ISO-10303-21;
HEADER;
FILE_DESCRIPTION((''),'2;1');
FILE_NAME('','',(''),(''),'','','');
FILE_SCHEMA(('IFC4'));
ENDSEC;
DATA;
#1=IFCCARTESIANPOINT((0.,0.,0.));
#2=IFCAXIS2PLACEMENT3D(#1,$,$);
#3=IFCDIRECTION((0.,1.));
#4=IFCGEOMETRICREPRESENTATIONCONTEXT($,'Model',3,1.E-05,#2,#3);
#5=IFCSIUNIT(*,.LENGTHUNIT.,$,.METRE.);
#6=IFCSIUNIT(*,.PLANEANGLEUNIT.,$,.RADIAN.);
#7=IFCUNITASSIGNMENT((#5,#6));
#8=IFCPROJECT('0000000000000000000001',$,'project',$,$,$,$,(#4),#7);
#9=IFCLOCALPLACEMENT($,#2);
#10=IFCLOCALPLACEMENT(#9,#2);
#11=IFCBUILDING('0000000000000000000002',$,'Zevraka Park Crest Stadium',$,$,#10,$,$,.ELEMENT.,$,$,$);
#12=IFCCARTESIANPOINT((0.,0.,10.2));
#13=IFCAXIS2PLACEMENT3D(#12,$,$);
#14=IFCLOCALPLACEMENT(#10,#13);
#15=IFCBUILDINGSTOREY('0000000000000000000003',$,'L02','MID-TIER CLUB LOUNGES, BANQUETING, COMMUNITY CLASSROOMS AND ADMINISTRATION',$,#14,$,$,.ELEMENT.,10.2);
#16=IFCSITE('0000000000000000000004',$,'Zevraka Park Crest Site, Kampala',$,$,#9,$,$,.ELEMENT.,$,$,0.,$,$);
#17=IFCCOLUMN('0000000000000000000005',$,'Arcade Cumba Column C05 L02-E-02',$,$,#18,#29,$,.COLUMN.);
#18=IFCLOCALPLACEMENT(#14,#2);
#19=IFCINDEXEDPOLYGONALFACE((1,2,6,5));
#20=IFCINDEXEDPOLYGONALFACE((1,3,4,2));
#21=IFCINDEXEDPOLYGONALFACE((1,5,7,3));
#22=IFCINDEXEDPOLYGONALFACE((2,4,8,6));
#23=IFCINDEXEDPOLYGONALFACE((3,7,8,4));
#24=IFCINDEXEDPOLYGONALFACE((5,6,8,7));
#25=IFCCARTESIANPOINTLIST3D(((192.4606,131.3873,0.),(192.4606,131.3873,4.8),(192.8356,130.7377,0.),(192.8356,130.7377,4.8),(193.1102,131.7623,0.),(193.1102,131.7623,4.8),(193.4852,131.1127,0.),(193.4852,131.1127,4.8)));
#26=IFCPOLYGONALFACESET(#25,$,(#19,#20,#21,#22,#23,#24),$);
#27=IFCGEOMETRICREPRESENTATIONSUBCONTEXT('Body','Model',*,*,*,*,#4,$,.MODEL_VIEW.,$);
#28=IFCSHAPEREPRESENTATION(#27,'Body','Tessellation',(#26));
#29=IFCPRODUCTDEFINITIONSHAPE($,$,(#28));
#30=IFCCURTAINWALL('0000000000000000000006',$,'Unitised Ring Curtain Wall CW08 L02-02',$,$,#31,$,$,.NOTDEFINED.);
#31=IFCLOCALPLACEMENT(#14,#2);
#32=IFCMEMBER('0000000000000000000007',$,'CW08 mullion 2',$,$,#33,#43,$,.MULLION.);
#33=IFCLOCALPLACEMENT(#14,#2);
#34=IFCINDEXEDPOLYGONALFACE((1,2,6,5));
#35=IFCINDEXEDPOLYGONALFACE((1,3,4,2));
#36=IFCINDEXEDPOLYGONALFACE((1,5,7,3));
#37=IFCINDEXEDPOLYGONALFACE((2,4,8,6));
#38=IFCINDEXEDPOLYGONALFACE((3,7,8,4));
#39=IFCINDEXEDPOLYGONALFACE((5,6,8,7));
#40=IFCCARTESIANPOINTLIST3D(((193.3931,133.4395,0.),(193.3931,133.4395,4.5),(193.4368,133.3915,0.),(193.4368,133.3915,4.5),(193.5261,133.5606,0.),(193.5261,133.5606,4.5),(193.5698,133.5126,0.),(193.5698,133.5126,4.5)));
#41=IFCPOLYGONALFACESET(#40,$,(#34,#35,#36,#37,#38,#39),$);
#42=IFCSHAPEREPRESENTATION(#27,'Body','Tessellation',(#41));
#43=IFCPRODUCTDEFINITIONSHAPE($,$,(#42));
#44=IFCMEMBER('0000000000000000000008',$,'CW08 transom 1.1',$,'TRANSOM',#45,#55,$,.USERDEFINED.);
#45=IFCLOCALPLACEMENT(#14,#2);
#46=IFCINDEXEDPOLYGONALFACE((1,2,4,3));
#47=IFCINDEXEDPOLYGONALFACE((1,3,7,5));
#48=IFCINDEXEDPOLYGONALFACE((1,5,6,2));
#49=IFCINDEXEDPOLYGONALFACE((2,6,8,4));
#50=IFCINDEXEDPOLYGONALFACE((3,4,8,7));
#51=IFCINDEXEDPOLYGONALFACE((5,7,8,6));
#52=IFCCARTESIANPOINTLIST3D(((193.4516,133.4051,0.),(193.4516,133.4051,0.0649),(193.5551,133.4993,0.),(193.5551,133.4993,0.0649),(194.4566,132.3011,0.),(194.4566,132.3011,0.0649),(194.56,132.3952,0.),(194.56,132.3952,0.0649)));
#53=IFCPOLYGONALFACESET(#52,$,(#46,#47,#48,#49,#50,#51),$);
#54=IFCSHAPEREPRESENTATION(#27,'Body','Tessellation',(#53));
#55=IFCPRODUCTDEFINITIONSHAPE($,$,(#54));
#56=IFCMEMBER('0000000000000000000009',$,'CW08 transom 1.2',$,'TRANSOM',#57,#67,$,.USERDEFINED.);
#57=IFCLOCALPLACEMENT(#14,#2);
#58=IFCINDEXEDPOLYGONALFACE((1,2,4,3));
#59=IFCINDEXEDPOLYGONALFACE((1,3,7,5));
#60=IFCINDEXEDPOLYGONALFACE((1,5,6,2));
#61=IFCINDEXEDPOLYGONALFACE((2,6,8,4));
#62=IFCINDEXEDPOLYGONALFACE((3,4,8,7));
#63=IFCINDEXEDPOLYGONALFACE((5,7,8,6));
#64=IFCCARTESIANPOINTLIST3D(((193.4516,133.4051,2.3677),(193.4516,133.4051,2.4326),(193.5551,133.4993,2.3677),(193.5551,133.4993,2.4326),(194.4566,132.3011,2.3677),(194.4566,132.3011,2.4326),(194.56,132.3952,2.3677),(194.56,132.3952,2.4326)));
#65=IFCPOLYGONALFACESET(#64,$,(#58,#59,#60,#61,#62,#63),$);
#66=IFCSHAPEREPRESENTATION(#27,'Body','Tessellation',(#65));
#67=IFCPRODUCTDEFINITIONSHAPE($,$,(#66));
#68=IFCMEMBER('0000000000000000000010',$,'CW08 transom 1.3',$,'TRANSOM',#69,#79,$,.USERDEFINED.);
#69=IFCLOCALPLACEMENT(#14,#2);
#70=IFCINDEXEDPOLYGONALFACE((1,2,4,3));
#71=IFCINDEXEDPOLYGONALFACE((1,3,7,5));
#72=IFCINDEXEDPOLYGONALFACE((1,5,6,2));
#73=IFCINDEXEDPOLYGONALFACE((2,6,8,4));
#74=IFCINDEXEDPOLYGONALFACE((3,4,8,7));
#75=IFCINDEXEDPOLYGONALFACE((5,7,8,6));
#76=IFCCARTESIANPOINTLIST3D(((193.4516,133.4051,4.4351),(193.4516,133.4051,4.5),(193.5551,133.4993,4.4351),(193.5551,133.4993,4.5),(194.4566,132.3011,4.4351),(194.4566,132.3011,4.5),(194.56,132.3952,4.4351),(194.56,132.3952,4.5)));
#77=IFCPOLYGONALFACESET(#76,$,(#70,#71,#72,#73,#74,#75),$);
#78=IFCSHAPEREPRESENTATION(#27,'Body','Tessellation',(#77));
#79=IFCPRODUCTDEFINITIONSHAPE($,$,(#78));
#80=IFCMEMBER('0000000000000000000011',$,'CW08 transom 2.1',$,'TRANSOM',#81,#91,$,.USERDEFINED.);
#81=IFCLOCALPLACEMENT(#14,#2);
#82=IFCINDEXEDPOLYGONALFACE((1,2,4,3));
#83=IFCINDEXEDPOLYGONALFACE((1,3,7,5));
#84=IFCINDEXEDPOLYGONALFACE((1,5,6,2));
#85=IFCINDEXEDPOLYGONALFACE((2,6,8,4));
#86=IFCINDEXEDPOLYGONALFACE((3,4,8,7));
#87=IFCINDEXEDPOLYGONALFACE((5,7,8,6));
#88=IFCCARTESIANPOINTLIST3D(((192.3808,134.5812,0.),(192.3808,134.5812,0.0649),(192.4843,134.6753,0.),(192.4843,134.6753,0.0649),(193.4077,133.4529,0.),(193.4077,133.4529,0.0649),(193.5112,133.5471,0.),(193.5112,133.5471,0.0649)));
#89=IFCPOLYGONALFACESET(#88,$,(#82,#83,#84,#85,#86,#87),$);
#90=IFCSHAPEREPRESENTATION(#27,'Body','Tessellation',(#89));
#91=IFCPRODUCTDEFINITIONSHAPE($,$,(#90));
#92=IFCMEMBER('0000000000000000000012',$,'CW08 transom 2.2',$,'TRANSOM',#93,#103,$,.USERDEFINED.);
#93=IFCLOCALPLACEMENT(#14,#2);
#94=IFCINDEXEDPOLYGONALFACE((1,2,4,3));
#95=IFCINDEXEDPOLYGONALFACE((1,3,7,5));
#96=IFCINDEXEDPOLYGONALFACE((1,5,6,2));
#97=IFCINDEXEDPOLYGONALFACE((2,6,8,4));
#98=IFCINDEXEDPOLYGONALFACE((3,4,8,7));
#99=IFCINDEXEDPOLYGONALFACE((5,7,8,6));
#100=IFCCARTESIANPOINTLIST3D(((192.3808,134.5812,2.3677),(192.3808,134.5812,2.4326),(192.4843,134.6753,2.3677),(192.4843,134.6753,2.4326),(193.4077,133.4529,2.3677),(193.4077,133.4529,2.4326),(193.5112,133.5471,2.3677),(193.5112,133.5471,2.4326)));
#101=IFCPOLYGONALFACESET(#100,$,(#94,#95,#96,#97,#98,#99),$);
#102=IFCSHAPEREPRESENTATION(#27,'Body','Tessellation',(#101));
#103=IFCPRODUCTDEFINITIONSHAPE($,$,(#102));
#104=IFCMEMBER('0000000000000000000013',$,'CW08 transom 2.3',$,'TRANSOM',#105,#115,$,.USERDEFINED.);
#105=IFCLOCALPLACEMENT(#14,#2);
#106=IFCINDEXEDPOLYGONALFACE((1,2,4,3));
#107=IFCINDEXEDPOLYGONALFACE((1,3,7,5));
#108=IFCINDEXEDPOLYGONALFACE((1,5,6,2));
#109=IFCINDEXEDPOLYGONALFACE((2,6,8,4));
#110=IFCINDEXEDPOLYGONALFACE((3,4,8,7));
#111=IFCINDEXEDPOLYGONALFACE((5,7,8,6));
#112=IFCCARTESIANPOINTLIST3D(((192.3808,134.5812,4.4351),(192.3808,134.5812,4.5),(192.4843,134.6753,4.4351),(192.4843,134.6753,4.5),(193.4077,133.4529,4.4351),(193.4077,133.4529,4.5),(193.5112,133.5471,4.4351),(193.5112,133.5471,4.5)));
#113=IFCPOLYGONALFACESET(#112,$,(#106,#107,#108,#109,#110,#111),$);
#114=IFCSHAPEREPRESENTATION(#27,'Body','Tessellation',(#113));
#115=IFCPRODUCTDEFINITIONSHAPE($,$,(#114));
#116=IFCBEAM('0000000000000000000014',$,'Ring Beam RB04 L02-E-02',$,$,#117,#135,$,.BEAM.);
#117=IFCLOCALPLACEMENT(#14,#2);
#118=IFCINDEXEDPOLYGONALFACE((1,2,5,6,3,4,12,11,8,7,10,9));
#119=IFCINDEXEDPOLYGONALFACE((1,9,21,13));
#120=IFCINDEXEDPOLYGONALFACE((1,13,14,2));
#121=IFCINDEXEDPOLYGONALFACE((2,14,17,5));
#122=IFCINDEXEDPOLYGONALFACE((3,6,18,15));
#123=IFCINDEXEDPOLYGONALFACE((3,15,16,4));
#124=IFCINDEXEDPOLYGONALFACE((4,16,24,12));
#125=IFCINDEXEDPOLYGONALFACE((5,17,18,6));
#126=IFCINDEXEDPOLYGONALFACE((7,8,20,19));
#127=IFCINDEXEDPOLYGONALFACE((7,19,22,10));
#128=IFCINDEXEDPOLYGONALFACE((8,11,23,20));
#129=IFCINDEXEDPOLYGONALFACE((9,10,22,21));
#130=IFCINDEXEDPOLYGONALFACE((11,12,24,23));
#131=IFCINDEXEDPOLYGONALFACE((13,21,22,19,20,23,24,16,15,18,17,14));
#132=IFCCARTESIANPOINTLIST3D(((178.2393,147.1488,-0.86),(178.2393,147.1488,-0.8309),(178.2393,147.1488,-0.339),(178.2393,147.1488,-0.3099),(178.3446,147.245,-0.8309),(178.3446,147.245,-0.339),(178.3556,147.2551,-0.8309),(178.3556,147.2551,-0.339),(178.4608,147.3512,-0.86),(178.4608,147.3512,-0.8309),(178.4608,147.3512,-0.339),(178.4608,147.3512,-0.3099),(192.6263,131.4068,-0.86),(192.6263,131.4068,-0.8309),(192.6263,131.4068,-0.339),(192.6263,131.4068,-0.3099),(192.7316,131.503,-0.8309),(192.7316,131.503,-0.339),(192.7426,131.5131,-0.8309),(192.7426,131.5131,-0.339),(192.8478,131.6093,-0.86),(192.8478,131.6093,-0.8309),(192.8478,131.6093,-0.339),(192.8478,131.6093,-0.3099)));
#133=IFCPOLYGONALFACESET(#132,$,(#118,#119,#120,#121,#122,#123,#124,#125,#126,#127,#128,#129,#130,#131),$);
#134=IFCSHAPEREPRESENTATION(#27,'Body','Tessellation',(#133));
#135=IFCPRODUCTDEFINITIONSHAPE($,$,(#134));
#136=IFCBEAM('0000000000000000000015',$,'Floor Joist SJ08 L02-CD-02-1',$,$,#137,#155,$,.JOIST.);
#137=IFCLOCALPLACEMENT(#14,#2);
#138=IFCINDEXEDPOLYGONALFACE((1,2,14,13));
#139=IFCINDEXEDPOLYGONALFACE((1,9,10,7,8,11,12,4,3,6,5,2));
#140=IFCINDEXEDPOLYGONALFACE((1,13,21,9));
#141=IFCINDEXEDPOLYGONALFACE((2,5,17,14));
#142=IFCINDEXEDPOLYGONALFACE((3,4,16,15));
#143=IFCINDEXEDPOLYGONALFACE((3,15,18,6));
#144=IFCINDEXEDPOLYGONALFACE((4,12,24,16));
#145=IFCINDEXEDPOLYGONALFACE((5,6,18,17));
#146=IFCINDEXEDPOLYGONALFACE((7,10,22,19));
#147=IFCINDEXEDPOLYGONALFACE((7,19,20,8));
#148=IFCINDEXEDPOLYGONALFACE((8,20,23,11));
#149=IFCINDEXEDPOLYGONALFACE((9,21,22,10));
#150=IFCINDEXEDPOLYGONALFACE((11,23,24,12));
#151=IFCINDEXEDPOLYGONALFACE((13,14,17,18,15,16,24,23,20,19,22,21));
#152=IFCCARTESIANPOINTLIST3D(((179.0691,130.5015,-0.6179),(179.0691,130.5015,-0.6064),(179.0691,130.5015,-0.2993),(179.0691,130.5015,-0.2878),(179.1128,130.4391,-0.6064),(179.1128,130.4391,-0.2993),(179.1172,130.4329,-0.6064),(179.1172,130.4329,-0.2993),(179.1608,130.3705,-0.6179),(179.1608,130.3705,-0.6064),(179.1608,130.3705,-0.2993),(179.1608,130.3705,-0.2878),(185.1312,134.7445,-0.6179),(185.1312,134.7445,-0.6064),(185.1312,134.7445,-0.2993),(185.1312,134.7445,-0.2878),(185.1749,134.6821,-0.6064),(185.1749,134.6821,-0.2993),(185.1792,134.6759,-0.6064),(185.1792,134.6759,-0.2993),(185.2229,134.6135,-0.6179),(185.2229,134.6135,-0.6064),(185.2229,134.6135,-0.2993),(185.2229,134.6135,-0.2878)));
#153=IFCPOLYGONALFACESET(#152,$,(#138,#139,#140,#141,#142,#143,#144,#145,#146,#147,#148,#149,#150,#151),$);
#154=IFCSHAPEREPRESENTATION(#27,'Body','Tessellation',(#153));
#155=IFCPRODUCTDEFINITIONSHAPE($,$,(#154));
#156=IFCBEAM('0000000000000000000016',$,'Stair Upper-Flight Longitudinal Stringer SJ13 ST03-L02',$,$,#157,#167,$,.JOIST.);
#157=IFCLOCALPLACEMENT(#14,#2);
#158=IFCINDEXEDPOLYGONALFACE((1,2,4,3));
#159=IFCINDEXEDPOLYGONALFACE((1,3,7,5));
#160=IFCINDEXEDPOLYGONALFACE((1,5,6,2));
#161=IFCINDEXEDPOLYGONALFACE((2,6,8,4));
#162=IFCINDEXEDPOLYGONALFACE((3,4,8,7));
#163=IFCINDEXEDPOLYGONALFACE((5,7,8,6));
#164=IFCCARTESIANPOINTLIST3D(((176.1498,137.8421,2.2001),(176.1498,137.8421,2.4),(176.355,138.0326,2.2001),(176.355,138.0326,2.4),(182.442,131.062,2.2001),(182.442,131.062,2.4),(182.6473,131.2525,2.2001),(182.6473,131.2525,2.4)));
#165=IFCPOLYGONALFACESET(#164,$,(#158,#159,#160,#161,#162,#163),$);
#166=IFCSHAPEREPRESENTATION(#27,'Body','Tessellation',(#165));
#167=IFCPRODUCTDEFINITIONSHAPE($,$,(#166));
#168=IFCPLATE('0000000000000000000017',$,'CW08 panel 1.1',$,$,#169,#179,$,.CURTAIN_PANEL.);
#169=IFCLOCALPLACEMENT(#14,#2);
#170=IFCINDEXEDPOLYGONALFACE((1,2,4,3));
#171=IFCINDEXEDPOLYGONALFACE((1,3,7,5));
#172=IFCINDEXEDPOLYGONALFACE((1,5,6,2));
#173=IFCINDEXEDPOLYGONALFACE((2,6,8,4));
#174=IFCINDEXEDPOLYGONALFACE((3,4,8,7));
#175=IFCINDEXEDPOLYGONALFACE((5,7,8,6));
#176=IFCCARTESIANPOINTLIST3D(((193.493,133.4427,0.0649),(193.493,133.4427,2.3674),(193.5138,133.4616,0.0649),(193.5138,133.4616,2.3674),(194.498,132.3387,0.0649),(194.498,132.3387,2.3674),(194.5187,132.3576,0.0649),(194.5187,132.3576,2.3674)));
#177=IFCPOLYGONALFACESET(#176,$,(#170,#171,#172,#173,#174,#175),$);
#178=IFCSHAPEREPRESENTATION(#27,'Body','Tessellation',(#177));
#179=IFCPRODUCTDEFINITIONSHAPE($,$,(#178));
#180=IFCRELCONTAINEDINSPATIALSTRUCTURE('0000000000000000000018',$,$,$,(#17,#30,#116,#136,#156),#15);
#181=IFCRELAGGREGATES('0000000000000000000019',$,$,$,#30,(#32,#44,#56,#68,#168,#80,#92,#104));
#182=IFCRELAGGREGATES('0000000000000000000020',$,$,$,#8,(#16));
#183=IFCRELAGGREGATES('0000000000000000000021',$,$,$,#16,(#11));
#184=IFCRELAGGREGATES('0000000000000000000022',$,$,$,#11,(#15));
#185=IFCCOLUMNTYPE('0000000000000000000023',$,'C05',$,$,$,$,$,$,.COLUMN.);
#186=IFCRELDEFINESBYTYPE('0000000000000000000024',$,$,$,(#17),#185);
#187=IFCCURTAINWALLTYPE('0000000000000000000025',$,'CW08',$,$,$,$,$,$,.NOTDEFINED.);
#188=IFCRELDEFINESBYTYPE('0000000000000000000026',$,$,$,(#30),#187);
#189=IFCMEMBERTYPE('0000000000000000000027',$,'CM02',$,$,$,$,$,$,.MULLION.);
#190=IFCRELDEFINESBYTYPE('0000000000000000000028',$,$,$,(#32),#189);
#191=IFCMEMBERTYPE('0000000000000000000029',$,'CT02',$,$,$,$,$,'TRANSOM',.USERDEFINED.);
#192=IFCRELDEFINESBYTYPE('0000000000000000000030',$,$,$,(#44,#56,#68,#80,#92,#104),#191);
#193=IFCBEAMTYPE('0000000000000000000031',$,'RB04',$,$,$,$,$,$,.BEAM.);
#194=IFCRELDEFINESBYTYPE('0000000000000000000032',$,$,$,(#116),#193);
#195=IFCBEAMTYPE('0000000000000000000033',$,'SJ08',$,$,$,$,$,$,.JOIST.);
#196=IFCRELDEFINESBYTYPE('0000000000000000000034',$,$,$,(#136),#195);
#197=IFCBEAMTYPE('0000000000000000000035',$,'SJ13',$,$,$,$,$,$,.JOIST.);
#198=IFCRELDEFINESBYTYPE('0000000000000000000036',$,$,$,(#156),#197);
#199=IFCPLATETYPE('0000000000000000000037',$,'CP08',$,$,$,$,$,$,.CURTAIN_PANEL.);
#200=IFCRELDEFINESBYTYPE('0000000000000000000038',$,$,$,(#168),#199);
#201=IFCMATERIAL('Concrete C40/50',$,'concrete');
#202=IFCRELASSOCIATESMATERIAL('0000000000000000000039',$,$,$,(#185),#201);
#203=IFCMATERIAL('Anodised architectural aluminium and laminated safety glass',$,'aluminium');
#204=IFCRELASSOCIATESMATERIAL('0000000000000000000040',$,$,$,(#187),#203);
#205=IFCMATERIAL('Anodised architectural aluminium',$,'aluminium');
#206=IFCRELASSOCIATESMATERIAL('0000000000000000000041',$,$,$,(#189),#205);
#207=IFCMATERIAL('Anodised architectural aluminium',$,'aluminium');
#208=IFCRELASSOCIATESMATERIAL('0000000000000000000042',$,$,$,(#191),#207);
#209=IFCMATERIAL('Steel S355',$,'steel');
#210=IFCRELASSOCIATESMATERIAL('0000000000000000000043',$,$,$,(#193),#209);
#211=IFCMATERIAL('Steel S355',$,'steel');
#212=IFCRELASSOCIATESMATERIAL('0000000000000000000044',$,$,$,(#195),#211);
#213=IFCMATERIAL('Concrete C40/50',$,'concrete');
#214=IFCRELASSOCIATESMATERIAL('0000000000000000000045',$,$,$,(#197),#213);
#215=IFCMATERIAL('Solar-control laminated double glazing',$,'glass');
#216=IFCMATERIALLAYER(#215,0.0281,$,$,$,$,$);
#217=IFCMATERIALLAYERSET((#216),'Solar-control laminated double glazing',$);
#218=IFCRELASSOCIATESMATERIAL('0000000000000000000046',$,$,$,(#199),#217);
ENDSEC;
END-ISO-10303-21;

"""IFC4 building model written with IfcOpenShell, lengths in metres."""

from ifc_helpers import new_model, si_unit, direction, frame, origin, origin_2d, place, context, subcontext, project, spatial, rectangle, i_section, extrude, material, layer, layer_set, material_profile, profile_set, type_object, element, aggregate, save


model = new_model("IFC4")

# Units and contexts
model_context = context("Model", 3, precision=1e-05, world=origin(), true_north=direction((0.0, 1.0)))
body_context = subcontext(model_context, "Body", "Model", "MODEL_VIEW")
ifc_project = project(units=[si_unit("LENGTHUNIT", "METRE"), si_unit("PLANEANGLEUNIT", "RADIAN")], contexts=[model_context])

# Site, building, storey
site_placement = place(None, origin())
site = spatial("IfcSite", under=ifc_project, at=site_placement, Name="Zevraka Park Crest Site, Kampala", CompositionType="ELEMENT", RefElevation=0.0)
building_placement = place(site_placement, origin())
building = spatial("IfcBuilding", under=site, at=building_placement, Name="Zevraka Park Crest Stadium", CompositionType="ELEMENT")
storey_placement = place(building_placement, frame((0.0, 0.0, 10.2)))
storey = spatial("IfcBuildingStorey", under=building, at=storey_placement, Name="L02", Description="MID-TIER CLUB LOUNGES, BANQUETING, COMMUNITY CLASSROOMS AND ADMINISTRATION", CompositionType="ELEMENT", Elevation=10.2)

# Column
ifc_material_1 = material(Name="Concrete C40/50", Category="concrete")
ifc_material_profile_1 = material_profile(ifc_material_1, rectangle(XDim=0.75, YDim=0.75, at=origin_2d()), Name="RC 750x750")
ifc_profile_set_1 = profile_set([ifc_material_profile_1], Name="Concrete C40/50")
column_type = type_object("IfcColumnType", Name="C05", PredefinedType="COLUMN", material=ifc_profile_set_1)
column_placement = place(storey_placement, frame((192.9729, 131.25, 0.0), z_axis=(0.0, 0.0, 1.0), x_axis=(0.866025, 0.5, 0.0)))
element("IfcColumn", 1, at=column_placement, inside=storey, type_object=column_type, Name="Arcade Cumba Column C05 L02-E-02", PredefinedType="COLUMN", context=body_context, shape_type="SweptSolid", body=[
    extrude(rectangle(XDim=0.75, YDim=0.75, at=origin_2d()), origin(), (0.0, 0.0, 1.0), 4.8),
])

# Curtain wall, members
ifc_material_2 = material(Name="Anodised architectural aluminium and laminated safety glass", Category="aluminium")
curtain_wall_type = type_object("IfcCurtainWallType", Name="CW08", PredefinedType="NOTDEFINED", material=ifc_material_2)
curtain_wall_placement = place(storey_placement, origin())
curtain_wall = element("IfcCurtainWall", 2, at=curtain_wall_placement, inside=storey, type_object=curtain_wall_type, Name="Unitised Ring Curtain Wall CW08 L02-02", PredefinedType="NOTDEFINED")
ifc_material_3 = material(Name="Anodised architectural aluminium", Category="aluminium")
ifc_material_profile_2 = material_profile(ifc_material_3, rectangle(XDim=0.1799, YDim=0.0649, at=origin_2d()), Name="ALU MULLION 180x65")
ifc_profile_set_2 = profile_set([ifc_material_profile_2], Name="Anodised architectural aluminium")
member_type_1 = type_object("IfcMemberType", Name="CM02", PredefinedType="MULLION", material=ifc_profile_set_2)
member_1_placement = place(storey_placement, frame((193.4814, 133.4761, 0.0), z_axis=(0.0, 0.0, 1.0), x_axis=(-0.739497, -0.67316, 0.0)))
member_1 = element("IfcMember", 3, at=member_1_placement, type_object=member_type_1, Name="CW08 mullion 2", PredefinedType="MULLION", context=body_context, shape_type="SweptSolid", body=[
    extrude(rectangle(XDim=0.1799, YDim=0.0649, at=origin_2d()), origin(), (0.0, 0.0, 1.0), 4.5),
])
ifc_material_4 = material(Name="Anodised architectural aluminium", Category="aluminium")
ifc_material_profile_3 = material_profile(ifc_material_4, rectangle(XDim=0.1399, YDim=0.0649, at=origin_2d()), Name="ALU TRANSOM 140x65")
ifc_profile_set_3 = profile_set([ifc_material_profile_3], Name="Anodised architectural aluminium")
member_type_2 = type_object("IfcMemberType", Name="CT02", ElementType="TRANSOM", PredefinedType="USERDEFINED", material=ifc_profile_set_3)
member_2_placement = place(storey_placement, frame((194.5083, 132.3481, 0.0325), z_axis=(-0.673129, 0.739526, 0.0), x_axis=(-0.739526, -0.673129, 0.0)))
member_2 = element("IfcMember", 4, at=member_2_placement, type_object=member_type_2, Name="CW08 transom 1.1", ObjectType="TRANSOM", PredefinedType="USERDEFINED", context=body_context, shape_type="SweptSolid", body=[
    extrude(rectangle(XDim=0.1399, YDim=0.0649, at=origin_2d()), origin(), (0.0, 0.0, 1.0), 1.4929),
])
member_3_placement = place(storey_placement, frame((194.5083, 132.3481, 2.4001), z_axis=(-0.673129, 0.739526, 0.0), x_axis=(-0.739526, -0.673129, 0.0)))
member_3 = element("IfcMember", 5, at=member_3_placement, type_object=member_type_2, Name="CW08 transom 1.2", ObjectType="TRANSOM", PredefinedType="USERDEFINED", context=body_context, shape_type="SweptSolid", body=[
    extrude(rectangle(XDim=0.1399, YDim=0.0649, at=origin_2d()), origin(), (0.0, 0.0, 1.0), 1.4929),
])
member_4_placement = place(storey_placement, frame((194.5083, 132.3481, 4.4675), z_axis=(-0.673129, 0.739526, 0.0), x_axis=(-0.739526, -0.673129, 0.0)))
member_4 = element("IfcMember", 6, at=member_4_placement, type_object=member_type_2, Name="CW08 transom 1.3", ObjectType="TRANSOM", PredefinedType="USERDEFINED", context=body_context, shape_type="SweptSolid", body=[
    extrude(rectangle(XDim=0.1399, YDim=0.0649, at=origin_2d()), origin(), (0.0, 0.0, 1.0), 1.4929),
])
member_5_placement = place(storey_placement, frame((193.4595, 133.5, 0.0325), z_axis=(-0.673119, 0.739534, 0.0), x_axis=(-0.739534, -0.673119, 0.0)))
member_5 = element("IfcMember", 7, at=member_5_placement, type_object=member_type_2, Name="CW08 transom 2.1", ObjectType="TRANSOM", PredefinedType="USERDEFINED", context=body_context, shape_type="SweptSolid", body=[
    extrude(rectangle(XDim=0.1399, YDim=0.0649, at=origin_2d()), origin(), (0.0, 0.0, 1.0), 1.5256),
])
member_6_placement = place(storey_placement, frame((193.4595, 133.5, 2.4001), z_axis=(-0.673119, 0.739534, 0.0), x_axis=(-0.739534, -0.673119, 0.0)))
member_6 = element("IfcMember", 8, at=member_6_placement, type_object=member_type_2, Name="CW08 transom 2.2", ObjectType="TRANSOM", PredefinedType="USERDEFINED", context=body_context, shape_type="SweptSolid", body=[
    extrude(rectangle(XDim=0.1399, YDim=0.0649, at=origin_2d()), origin(), (0.0, 0.0, 1.0), 1.5256),
])
member_7_placement = place(storey_placement, frame((193.4595, 133.5, 4.4675), z_axis=(-0.673119, 0.739534, 0.0), x_axis=(-0.739534, -0.673119, 0.0)))
member_7 = element("IfcMember", 9, at=member_7_placement, type_object=member_type_2, Name="CW08 transom 2.3", ObjectType="TRANSOM", PredefinedType="USERDEFINED", context=body_context, shape_type="SweptSolid", body=[
    extrude(rectangle(XDim=0.1399, YDim=0.0649, at=origin_2d()), origin(), (0.0, 0.0, 1.0), 1.5256),
])

# Beams
ifc_material_5 = material(Name="Steel S355", Category="steel")
ifc_material_profile_4 = material_profile(ifc_material_5, i_section(OverallWidth=0.3, OverallDepth=0.55, WebThickness=0.0149, FlangeThickness=0.0291, at=origin_2d()), Name="HEB 550")
ifc_profile_set_4 = profile_set([ifc_material_profile_4], Name="Steel S355")
beam_type_1 = type_object("IfcBeamType", Name="RB04", PredefinedType="BEAM", material=ifc_profile_set_4)
beam_1_placement = place(storey_placement, frame((192.7371, 131.5081, -0.585), z_axis=(-0.674624, 0.738161, 0.0), x_axis=(-0.738161, -0.674624, 0.0)))
element("IfcBeam", 10, at=beam_1_placement, inside=storey, type_object=beam_type_1, Name="Ring Beam RB04 L02-E-02", PredefinedType="BEAM", context=body_context, shape_type="SweptSolid", body=[
    extrude(i_section(OverallWidth=0.3, OverallDepth=0.55, WebThickness=0.0149, FlangeThickness=0.0291, at=origin_2d()), origin(), (0.0, 0.0, 1.0), 21.3259),
])
ifc_material_6 = material(Name="Steel S355", Category="steel")
ifc_material_profile_5 = material_profile(ifc_material_6, i_section(OverallWidth=0.1599, OverallDepth=0.3301, WebThickness=0.0076, FlangeThickness=0.0115, at=origin_2d()), Name="IPE 330")
ifc_profile_set_5 = profile_set([ifc_material_profile_5], Name="Steel S355")
beam_type_2 = type_object("IfcBeamType", Name="SJ08", PredefinedType="JOIST", material=ifc_profile_set_5)
beam_2_placement = place(storey_placement, frame((179.115, 130.436, -0.4529), z_axis=(0.819263, 0.573418, 0.0), x_axis=(-0.573418, 0.819263, 0.0)))
element("IfcBeam", 11, at=beam_2_placement, inside=storey, type_object=beam_type_2, Name="Floor Joist SJ08 L02-CD-02-1", PredefinedType="JOIST", context=body_context, shape_type="SweptSolid", body=[
    extrude(i_section(OverallWidth=0.1599, OverallDepth=0.3301, WebThickness=0.0076, FlangeThickness=0.0115, at=origin_2d()), origin(), (0.0, 0.0, 1.0), 7.3994),
])
ifc_material_7 = material(Name="Concrete C40/50", Category="concrete")
ifc_material_profile_6 = material_profile(ifc_material_7, rectangle(XDim=0.28, YDim=0.2, at=origin_2d()), Name="RC 200x280")
ifc_profile_set_6 = profile_set([ifc_material_profile_6], Name="Concrete C40/50")
beam_type_3 = type_object("IfcBeamType", Name="SJ13", PredefinedType="JOIST", material=ifc_profile_set_6)
beam_3_placement = place(storey_placement, frame((182.5447, 131.1572, 2.3), z_axis=(-0.680248, 0.732982, 0.0), x_axis=(-0.732982, -0.680248, 0.0)))
element("IfcBeam", 12, at=beam_3_placement, inside=storey, type_object=beam_type_3, Name="Stair Upper-Flight Longitudinal Stringer SJ13 ST03-L02", PredefinedType="JOIST", context=body_context, shape_type="SweptSolid", body=[
    extrude(rectangle(XDim=0.28, YDim=0.2, at=origin_2d()), origin(), (0.0, 0.0, 1.0), 9.25),
])

# Plate
ifc_material_8 = material(Name="Solar-control laminated double glazing", Category="glass")
ifc_layer_1 = layer(ifc_material_8, 0.0281)
ifc_layer_set_1 = layer_set([ifc_layer_1], Name="Solar-control laminated double glazing")
plate_type = type_object("IfcPlateType", Name="CP08", PredefinedType="CURTAIN_PANEL", material=ifc_layer_set_1)
plate_1_placement = place(storey_placement, frame((194.0059, 132.9001, 0.0649), z_axis=(0.0, 0.0, 1.0), x_axis=(-0.67316, 0.739497, 0.0)))
plate_1 = element("IfcPlate", 13, at=plate_1_placement, type_object=plate_type, Name="CW08 panel 1.1", PredefinedType="CURTAIN_PANEL", context=body_context, shape_type="SweptSolid", body=[
    extrude(rectangle(XDim=1.4929, YDim=0.0281, at=origin_2d()), origin(), (0.0, 0.0, 1.0), 2.3025),
])
aggregate(curtain_wall, [member_1, member_2, member_3, member_4, plate_1, member_5, member_6, member_7])

save(model, "model.ifc")
